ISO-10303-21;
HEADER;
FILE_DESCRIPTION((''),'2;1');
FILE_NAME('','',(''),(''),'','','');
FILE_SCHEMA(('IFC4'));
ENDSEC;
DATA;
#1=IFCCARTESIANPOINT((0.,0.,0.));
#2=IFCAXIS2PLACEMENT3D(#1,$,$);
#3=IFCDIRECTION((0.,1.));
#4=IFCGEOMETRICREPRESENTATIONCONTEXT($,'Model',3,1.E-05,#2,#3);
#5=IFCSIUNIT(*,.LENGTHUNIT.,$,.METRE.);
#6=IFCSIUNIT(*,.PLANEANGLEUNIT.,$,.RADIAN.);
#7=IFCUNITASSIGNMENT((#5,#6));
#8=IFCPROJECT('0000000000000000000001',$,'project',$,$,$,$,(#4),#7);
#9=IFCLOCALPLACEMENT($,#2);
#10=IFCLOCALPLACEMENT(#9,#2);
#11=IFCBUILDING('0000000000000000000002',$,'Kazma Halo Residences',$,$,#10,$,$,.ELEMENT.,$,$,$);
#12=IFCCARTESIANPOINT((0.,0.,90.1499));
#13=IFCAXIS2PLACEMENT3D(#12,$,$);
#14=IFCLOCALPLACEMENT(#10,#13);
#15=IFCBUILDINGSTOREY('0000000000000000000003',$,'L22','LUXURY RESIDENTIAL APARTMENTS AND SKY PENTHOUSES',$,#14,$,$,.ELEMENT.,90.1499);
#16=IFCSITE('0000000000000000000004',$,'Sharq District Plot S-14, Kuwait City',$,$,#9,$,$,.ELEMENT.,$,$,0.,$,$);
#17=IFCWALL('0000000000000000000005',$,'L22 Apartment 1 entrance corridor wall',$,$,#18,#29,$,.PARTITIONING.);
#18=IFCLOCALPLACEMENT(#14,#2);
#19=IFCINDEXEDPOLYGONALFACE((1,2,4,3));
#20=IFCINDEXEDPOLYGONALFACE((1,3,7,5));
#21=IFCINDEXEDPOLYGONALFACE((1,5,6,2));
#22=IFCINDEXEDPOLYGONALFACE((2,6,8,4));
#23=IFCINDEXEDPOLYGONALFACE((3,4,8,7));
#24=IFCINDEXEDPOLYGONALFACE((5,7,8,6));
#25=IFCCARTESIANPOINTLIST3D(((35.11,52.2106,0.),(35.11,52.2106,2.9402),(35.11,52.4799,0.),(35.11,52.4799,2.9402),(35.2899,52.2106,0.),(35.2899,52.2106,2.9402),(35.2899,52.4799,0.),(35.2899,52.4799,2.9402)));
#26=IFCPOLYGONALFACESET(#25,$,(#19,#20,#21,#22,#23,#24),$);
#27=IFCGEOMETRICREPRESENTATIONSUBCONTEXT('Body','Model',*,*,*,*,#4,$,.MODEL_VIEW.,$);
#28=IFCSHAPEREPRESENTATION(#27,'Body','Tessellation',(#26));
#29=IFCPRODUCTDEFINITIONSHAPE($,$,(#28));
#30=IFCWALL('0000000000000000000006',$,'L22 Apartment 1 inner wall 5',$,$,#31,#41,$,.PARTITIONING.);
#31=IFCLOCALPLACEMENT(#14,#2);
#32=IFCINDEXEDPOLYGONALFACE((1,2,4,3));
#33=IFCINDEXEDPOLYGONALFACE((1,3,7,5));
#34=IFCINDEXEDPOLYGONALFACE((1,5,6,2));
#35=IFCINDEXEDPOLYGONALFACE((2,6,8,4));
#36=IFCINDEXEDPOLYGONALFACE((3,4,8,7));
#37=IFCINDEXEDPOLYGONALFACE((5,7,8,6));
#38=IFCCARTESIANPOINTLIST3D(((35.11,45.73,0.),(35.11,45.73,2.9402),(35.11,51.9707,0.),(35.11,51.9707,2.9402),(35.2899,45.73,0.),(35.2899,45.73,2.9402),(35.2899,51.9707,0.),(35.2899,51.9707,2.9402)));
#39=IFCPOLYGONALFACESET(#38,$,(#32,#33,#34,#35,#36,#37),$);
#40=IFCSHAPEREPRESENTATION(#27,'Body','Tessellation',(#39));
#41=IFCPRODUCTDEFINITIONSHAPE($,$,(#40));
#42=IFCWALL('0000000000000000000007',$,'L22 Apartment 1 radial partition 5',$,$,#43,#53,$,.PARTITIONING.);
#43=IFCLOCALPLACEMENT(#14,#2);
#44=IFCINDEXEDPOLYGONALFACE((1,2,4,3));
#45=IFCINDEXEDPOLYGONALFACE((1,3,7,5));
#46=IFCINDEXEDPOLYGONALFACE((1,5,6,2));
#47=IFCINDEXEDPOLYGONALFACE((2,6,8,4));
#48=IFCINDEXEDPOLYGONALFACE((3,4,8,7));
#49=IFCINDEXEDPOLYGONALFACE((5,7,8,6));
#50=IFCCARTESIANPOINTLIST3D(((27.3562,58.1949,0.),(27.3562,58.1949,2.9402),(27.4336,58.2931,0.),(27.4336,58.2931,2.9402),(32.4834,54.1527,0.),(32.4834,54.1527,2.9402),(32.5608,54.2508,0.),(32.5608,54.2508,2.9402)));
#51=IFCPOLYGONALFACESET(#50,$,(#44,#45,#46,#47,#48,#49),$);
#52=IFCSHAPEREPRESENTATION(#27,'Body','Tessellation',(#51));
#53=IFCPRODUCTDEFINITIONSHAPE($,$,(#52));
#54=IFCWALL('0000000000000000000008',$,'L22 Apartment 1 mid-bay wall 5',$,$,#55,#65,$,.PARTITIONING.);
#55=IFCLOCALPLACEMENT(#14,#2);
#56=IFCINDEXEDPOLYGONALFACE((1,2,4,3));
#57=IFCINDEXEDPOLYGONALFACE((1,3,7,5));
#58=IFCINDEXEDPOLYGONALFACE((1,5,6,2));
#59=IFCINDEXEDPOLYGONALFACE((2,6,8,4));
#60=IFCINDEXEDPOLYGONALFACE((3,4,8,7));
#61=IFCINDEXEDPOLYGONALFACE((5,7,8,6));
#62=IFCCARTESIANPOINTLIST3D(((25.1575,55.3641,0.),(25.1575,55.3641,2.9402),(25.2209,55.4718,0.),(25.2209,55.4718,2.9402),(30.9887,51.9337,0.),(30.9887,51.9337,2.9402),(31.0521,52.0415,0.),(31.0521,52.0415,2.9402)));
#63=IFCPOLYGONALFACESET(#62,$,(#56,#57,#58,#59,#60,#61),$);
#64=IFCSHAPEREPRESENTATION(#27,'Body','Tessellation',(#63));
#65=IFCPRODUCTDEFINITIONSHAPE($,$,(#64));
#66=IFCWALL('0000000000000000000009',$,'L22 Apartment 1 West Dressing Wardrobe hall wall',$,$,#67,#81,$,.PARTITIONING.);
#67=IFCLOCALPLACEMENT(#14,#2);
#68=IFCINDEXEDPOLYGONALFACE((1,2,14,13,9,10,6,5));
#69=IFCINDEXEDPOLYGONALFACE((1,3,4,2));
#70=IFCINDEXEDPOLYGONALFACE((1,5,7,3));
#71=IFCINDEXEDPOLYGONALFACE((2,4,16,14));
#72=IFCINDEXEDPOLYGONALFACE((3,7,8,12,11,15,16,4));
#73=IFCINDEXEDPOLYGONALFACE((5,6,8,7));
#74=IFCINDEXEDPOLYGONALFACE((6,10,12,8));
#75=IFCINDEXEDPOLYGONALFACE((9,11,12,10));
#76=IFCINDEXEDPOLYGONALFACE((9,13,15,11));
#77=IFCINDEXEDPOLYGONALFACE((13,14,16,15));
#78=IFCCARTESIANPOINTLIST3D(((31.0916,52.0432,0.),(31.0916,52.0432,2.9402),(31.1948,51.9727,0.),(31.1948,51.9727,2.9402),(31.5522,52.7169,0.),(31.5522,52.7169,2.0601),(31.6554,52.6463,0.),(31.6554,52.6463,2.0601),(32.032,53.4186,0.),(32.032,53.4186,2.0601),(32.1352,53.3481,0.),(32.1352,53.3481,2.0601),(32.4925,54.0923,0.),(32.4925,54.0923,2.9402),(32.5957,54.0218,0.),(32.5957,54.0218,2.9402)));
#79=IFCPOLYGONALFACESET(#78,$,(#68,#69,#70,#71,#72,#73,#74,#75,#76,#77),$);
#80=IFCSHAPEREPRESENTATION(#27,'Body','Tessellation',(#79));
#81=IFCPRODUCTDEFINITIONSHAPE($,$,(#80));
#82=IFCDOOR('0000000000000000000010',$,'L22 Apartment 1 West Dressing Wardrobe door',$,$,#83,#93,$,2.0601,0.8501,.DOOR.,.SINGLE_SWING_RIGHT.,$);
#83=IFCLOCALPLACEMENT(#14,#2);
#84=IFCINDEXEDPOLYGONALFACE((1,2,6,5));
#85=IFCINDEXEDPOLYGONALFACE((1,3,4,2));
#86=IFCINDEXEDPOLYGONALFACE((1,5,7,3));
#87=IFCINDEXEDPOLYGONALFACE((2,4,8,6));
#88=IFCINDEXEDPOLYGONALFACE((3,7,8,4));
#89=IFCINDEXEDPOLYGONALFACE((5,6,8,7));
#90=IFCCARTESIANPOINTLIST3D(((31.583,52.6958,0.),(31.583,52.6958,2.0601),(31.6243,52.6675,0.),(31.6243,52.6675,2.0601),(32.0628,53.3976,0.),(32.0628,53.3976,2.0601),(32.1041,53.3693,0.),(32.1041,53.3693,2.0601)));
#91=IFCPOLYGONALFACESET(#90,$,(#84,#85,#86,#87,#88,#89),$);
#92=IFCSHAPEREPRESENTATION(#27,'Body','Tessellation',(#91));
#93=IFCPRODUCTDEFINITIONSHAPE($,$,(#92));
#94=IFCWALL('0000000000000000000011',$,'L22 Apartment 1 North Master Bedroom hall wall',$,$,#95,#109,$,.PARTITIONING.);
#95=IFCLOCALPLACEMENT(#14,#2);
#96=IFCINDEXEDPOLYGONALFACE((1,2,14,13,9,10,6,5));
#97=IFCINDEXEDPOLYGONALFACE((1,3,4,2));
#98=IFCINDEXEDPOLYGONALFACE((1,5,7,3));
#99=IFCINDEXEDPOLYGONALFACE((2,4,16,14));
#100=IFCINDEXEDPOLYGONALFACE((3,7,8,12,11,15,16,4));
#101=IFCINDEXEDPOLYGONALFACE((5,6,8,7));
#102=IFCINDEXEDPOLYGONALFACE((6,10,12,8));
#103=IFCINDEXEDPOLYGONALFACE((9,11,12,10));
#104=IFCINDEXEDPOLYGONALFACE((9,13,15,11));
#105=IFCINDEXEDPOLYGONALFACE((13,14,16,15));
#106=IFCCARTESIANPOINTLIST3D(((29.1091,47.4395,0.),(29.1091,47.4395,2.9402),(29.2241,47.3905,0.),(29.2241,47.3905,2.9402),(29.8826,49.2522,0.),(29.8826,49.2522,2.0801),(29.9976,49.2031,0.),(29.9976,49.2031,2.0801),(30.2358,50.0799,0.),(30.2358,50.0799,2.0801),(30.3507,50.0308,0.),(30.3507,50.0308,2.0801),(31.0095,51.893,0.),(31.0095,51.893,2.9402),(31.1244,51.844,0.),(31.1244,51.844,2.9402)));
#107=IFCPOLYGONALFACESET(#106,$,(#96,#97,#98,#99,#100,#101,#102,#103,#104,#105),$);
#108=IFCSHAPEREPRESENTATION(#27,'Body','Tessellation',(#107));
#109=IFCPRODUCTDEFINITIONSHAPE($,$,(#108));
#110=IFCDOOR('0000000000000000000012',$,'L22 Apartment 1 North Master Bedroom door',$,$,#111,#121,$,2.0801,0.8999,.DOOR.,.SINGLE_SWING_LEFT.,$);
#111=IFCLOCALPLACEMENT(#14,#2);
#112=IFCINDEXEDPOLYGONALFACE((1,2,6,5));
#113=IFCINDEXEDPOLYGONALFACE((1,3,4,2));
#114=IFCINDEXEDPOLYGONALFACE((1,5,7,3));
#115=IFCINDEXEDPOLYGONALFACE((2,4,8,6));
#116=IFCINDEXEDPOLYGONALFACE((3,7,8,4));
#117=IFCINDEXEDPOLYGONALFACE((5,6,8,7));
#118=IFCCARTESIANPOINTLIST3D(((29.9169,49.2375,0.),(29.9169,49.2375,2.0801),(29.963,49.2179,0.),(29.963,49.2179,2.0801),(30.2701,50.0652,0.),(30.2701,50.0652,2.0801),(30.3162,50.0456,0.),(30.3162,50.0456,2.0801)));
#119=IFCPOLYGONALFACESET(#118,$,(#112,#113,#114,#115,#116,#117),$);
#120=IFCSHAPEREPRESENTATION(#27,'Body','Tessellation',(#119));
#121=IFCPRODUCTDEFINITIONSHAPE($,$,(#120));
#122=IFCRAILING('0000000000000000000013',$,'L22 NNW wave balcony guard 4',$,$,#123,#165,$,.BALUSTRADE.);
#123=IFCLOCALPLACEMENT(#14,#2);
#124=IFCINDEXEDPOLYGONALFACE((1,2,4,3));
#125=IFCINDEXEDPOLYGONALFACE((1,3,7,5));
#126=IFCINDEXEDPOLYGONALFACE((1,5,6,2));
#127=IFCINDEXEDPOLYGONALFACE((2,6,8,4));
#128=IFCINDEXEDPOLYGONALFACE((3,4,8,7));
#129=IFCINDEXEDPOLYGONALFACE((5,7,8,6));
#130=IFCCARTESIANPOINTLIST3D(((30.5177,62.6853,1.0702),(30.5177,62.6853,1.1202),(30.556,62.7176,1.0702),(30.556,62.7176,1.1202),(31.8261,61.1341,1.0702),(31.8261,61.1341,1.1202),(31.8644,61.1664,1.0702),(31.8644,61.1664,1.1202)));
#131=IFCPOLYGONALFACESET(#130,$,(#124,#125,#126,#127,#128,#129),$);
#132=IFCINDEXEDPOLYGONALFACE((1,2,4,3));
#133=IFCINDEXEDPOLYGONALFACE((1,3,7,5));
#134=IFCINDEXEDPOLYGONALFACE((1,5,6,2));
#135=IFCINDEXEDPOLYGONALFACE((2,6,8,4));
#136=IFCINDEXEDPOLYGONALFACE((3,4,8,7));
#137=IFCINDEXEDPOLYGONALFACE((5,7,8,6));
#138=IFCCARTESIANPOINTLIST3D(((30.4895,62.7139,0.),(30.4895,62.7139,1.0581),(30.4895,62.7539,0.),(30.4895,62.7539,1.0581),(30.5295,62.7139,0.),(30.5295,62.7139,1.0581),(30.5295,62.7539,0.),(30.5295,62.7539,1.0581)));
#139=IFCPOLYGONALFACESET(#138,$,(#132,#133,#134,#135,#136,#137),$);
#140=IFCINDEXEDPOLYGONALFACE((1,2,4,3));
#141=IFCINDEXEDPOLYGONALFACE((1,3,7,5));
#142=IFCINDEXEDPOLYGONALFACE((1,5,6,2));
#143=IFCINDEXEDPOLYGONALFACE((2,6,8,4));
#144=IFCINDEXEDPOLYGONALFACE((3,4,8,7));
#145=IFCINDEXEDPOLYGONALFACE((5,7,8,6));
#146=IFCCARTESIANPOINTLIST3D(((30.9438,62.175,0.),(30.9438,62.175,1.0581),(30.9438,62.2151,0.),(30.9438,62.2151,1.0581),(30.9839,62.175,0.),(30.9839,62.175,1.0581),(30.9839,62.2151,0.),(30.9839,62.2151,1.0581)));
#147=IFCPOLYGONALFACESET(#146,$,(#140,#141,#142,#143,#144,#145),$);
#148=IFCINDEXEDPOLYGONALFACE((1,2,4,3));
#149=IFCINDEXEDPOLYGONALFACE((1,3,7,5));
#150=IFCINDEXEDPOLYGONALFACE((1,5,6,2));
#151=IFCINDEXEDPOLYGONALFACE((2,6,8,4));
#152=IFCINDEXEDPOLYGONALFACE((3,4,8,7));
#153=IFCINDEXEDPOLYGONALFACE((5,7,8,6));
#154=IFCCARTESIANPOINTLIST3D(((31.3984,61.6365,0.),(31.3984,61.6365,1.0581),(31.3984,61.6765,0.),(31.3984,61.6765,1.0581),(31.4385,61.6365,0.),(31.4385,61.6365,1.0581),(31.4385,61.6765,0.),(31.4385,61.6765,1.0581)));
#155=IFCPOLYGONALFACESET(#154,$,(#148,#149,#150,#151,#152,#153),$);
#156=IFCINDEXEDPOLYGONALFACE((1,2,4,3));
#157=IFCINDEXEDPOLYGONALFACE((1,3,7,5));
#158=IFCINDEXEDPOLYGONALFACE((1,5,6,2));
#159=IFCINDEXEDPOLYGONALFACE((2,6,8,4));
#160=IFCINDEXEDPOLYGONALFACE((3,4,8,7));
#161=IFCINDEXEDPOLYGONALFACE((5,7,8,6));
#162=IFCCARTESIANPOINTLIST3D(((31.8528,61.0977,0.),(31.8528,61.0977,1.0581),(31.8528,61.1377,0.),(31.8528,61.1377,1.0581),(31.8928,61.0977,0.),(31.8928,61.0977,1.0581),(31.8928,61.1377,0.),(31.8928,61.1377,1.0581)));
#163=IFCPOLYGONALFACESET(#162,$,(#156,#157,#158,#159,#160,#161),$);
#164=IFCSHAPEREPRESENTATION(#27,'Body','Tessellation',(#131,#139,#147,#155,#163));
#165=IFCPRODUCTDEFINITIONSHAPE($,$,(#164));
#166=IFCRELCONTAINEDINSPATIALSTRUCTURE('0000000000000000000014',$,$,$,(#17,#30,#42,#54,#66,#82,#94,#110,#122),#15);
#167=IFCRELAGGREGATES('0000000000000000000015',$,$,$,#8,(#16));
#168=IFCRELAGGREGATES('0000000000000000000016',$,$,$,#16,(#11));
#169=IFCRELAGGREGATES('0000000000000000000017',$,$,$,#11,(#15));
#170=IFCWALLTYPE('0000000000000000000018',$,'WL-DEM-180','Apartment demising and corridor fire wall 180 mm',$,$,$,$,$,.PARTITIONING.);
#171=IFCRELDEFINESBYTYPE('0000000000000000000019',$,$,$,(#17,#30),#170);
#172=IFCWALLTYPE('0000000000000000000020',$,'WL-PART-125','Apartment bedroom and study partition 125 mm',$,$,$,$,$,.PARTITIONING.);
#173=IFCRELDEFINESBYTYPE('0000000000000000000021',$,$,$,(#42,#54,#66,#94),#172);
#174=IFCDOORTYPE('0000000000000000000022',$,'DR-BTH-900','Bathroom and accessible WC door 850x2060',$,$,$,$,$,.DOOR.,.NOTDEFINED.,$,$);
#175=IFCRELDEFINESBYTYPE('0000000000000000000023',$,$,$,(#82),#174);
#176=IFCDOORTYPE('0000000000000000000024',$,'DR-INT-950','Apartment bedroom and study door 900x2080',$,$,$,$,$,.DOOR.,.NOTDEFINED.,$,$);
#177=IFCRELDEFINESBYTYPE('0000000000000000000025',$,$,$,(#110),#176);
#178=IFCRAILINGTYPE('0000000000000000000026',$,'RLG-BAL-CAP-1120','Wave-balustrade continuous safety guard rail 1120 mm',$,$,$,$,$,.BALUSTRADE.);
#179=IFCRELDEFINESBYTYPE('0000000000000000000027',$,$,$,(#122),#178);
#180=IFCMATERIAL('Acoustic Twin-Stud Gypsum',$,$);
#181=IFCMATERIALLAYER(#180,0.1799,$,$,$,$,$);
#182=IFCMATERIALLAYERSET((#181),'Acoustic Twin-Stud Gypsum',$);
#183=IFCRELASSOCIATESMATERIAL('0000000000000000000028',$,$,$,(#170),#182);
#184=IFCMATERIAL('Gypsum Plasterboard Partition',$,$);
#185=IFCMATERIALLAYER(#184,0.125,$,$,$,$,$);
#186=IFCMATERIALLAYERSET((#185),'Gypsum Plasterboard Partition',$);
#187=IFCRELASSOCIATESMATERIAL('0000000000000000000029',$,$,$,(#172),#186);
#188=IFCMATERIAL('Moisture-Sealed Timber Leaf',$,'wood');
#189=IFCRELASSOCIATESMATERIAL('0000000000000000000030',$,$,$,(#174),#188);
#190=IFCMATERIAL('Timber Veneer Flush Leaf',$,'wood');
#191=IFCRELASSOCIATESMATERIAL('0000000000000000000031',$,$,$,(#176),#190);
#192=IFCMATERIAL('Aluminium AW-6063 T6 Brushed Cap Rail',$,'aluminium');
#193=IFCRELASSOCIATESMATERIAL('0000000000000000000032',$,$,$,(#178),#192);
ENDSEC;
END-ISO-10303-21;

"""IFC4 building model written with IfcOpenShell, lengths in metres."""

from ifc_helpers import new_model, si_unit, direction, frame, frame_2d, origin, origin_2d, place, context, subcontext, project, spatial, rectangle, extrude, material, layer, layer_set, type_object, element, fill, save


model = new_model("IFC4")

# Units and contexts
model_context = context("Model", 3, precision=1e-05, world=origin(), true_north=direction((0.0, 1.0)))
body_context = subcontext(model_context, "Body", "Model", "MODEL_VIEW")
ifc_project = project(units=[si_unit("LENGTHUNIT", "METRE"), si_unit("PLANEANGLEUNIT", "RADIAN")], contexts=[model_context])

# Site, building, storey
site_placement = place(None, origin())
site = spatial("IfcSite", under=ifc_project, at=site_placement, Name="Sharq District Plot S-14, Kuwait City", CompositionType="ELEMENT", RefElevation=0.0)
building_placement = place(site_placement, origin())
building = spatial("IfcBuilding", under=site, at=building_placement, Name="Kazma Halo Residences", CompositionType="ELEMENT")
storey_placement = place(building_placement, frame((0.0, 0.0, 90.1499)))
storey = spatial("IfcBuildingStorey", under=building, at=storey_placement, Name="L22", Description="LUXURY RESIDENTIAL APARTMENTS AND SKY PENTHOUSES", CompositionType="ELEMENT", Elevation=90.1499)

# Walls
ifc_material_1 = material(Name="Acoustic Twin-Stud Gypsum")
ifc_layer_1 = layer(ifc_material_1, 0.1799)
ifc_layer_set_1 = layer_set([ifc_layer_1], Name="Acoustic Twin-Stud Gypsum")
wall_type_1 = type_object("IfcWallType", Name="WL-DEM-180", Description="Apartment demising and corridor fire wall 180 mm", PredefinedType="PARTITIONING", material=ifc_layer_set_1)
wall_1_placement = place(storey_placement, frame((35.2, 52.48, 0.0), z_axis=(0.0, 0.0, 1.0), x_axis=(0.0, -1.0, 0.0)))
element("IfcWall", 1, at=wall_1_placement, inside=storey, type_object=wall_type_1, Name="L22 Apartment 1 entrance corridor wall", PredefinedType="PARTITIONING", context=body_context, shape_type="SweptSolid", body=[
    extrude(rectangle(XDim=0.2693, YDim=0.1799, at=frame_2d((0.1348, 0.0))), origin(), (0.0, 0.0, 1.0), 2.9402),
])
wall_2_placement = place(storey_placement, frame((35.2, 51.9707, 0.0), z_axis=(0.0, 0.0, 1.0), x_axis=(0.0, -1.0, 0.0)))
element("IfcWall", 2, at=wall_2_placement, inside=storey, type_object=wall_type_1, Name="L22 Apartment 1 inner wall 5", PredefinedType="PARTITIONING", context=body_context, shape_type="SweptSolid", body=[
    extrude(rectangle(XDim=6.2407, YDim=0.1799, at=frame_2d((3.1204, 0.0))), origin(), (0.0, 0.0, 1.0), 2.9402),
])

# Walls
ifc_material_2 = material(Name="Gypsum Plasterboard Partition")
ifc_layer_2 = layer(ifc_material_2, 0.125)
ifc_layer_set_2 = layer_set([ifc_layer_2], Name="Gypsum Plasterboard Partition")
wall_type_2 = type_object("IfcWallType", Name="WL-PART-125", Description="Apartment bedroom and study partition 125 mm", PredefinedType="PARTITIONING", material=ifc_layer_set_2)
wall_3_placement = place(storey_placement, frame((32.5222, 54.2017, 0.0), z_axis=(0.0, 0.0, 1.0), x_axis=(-0.785296, 0.61912, 0.0)))
element("IfcWall", 3, at=wall_3_placement, inside=storey, type_object=wall_type_2, Name="L22 Apartment 1 radial partition 5", PredefinedType="PARTITIONING", context=body_context, shape_type="SweptSolid", body=[
    extrude(rectangle(XDim=6.5291, YDim=0.125, at=frame_2d((3.2646, 0.0))), origin(), (0.0, 0.0, 1.0), 2.9402),
])
wall_4_placement = place(storey_placement, frame((31.0205, 51.9875, 0.0), z_axis=(0.0, 0.0, 1.0), x_axis=(-0.861918, 0.507047, 0.0)))
element("IfcWall", 4, at=wall_4_placement, inside=storey, type_object=wall_type_2, Name="L22 Apartment 1 mid-bay wall 5", PredefinedType="PARTITIONING", context=body_context, shape_type="SweptSolid", body=[
    extrude(rectangle(XDim=6.7654, YDim=0.125, at=frame_2d((3.3828, 0.0))), origin(), (0.0, 0.0, 1.0), 2.9402),
])

# Walls, openings, doors
wall_5_placement = place(storey_placement, frame((32.5442, 54.0571, 0.0), z_axis=(0.0, 0.0, 1.0), x_axis=(-0.564377, -0.825517, 0.0)))
wall_5 = element("IfcWall", 5, at=wall_5_placement, inside=storey, type_object=wall_type_2, Name="L22 Apartment 1 West Dressing Wardrobe hall wall", PredefinedType="PARTITIONING", context=body_context, shape_type="SweptSolid", body=[
    extrude(rectangle(XDim=2.4822, YDim=0.125, at=frame_2d((1.2412, 0.0))), origin(), (0.0, 0.0, 1.0), 2.9402),
])
opening_1_placement = place(wall_5_placement, frame((0.8162, 0.0, 0.0)))
opening_1 = element("IfcOpeningElement", 6, at=opening_1_placement, cuts=wall_5, PredefinedType="OPENING", context=body_context, shape_type="SweptSolid", body=[
    extrude(rectangle(XDim=0.8501, YDim=2.0601, at=frame_2d((0.425, 1.03))), frame((0.0, 0.0725, 0.0), z_axis=(0.0, -1.0, 0.0), x_axis=(1.0, 0.0, 0.0)), (0.0, 0.0, 1.0), 0.145),
])
ifc_material_3 = material(Name="Moisture-Sealed Timber Leaf", Category="wood")
door_type_1 = type_object("IfcDoorType", Name="DR-BTH-900", Description="Bathroom and accessible WC door 850x2060", OperationType="NOTDEFINED", PredefinedType="DOOR", material=ifc_material_3)
door_1_placement = place(opening_1_placement, origin())
door_1 = element("IfcDoor", 7, at=door_1_placement, inside=storey, type_object=door_type_1, Name="L22 Apartment 1 West Dressing Wardrobe door", OperationType="SINGLE_SWING_RIGHT", OverallHeight=2.0601, OverallWidth=0.8501, PredefinedType="DOOR", context=body_context, shape_type="SweptSolid", body=[
    extrude(rectangle(XDim=0.8501, YDim=2.0601, at=frame_2d((0.425, 1.03))), frame((0.0, 0.0249, 0.0), z_axis=(0.0, -1.0, 0.0), x_axis=(1.0, 0.0, 0.0)), (0.0, 0.0, 1.0), 0.05),
])
fill(opening_1, door_1)
wall_6_placement = place(storey_placement, frame((31.0669, 51.8684, 0.0), z_axis=(0.0, 0.0, 1.0), x_axis=(-0.392471, -0.919765, 0.0)))
wall_6 = element("IfcWall", 8, at=wall_6_placement, inside=storey, type_object=wall_type_2, Name="L22 Apartment 1 North Master Bedroom hall wall", PredefinedType="PARTITIONING", context=body_context, shape_type="SweptSolid", body=[
    extrude(rectangle(XDim=4.842, YDim=0.125, at=frame_2d((2.4209, 0.0))), origin(), (0.0, 0.0, 1.0), 2.9402),
])
opening_2_placement = place(wall_6_placement, frame((1.9712, 0.0, 0.0)))
opening_2 = element("IfcOpeningElement", 9, at=opening_2_placement, cuts=wall_6, PredefinedType="OPENING", context=body_context, shape_type="SweptSolid", body=[
    extrude(rectangle(XDim=0.8999, YDim=2.0801, at=frame_2d((0.45, 1.04))), frame((0.0, 0.0725, 0.0), z_axis=(0.0, -1.0, 0.0), x_axis=(1.0, 0.0, 0.0)), (0.0, 0.0, 1.0), 0.145),
])
ifc_material_4 = material(Name="Timber Veneer Flush Leaf", Category="wood")
door_type_2 = type_object("IfcDoorType", Name="DR-INT-950", Description="Apartment bedroom and study door 900x2080", OperationType="NOTDEFINED", PredefinedType="DOOR", material=ifc_material_4)
door_2_placement = place(opening_2_placement, origin())
door_2 = element("IfcDoor", 10, at=door_2_placement, inside=storey, type_object=door_type_2, Name="L22 Apartment 1 North Master Bedroom door", OperationType="SINGLE_SWING_LEFT", OverallHeight=2.0801, OverallWidth=0.8999, PredefinedType="DOOR", context=body_context, shape_type="SweptSolid", body=[
    extrude(rectangle(XDim=0.8999, YDim=2.0801, at=frame_2d((0.45, 1.04))), frame((0.0, 0.0249, 0.0), z_axis=(0.0, -1.0, 0.0), x_axis=(1.0, 0.0, 0.0)), (0.0, 0.0, 1.0), 0.05),
])
fill(opening_2, door_2)

# Railing
ifc_material_5 = material(Name="Aluminium AW-6063 T6 Brushed Cap Rail", Category="aluminium")
railing_type = type_object("IfcRailingType", Name="RLG-BAL-CAP-1120", Description="Wave-balustrade continuous safety guard rail 1120 mm", PredefinedType="BALUSTRADE", material=ifc_material_5)
railing_1_placement = place(storey_placement, frame((30.5095, 62.7339, 0.0)))
element("IfcRailing", 11, at=railing_1_placement, inside=storey, type_object=railing_type, Name="L22 NNW wave balcony guard 4", PredefinedType="BALUSTRADE", context=body_context, shape_type="SweptSolid", body=[
    extrude(rectangle(XDim=0.05, YDim=0.05, at=origin_2d()), frame((0.0273, -0.0325, 1.0952), z_axis=(0.644761, -0.764384, 0.0), x_axis=(0.764384, 0.644761, 0.0)), (0.0, 0.0, 1.0), 2.0293),
    extrude(rectangle(XDim=0.04, YDim=0.04, at=origin_2d()), origin(), (0.0, 0.0, 1.0), 1.0581),
    extrude(rectangle(XDim=0.04, YDim=0.04, at=origin_2d()), frame((0.4543, -0.5388, 0.0)), (0.0, 0.0, 1.0), 1.0581),
    extrude(rectangle(XDim=0.04, YDim=0.04, at=origin_2d()), frame((0.9089, -1.0774, 0.0)), (0.0, 0.0, 1.0), 1.0581),
    extrude(rectangle(XDim=0.04, YDim=0.04, at=origin_2d()), frame((1.3633, -1.6162, 0.0)), (0.0, 0.0, 1.0), 1.0581),
])

save(model, "model.ifc")
